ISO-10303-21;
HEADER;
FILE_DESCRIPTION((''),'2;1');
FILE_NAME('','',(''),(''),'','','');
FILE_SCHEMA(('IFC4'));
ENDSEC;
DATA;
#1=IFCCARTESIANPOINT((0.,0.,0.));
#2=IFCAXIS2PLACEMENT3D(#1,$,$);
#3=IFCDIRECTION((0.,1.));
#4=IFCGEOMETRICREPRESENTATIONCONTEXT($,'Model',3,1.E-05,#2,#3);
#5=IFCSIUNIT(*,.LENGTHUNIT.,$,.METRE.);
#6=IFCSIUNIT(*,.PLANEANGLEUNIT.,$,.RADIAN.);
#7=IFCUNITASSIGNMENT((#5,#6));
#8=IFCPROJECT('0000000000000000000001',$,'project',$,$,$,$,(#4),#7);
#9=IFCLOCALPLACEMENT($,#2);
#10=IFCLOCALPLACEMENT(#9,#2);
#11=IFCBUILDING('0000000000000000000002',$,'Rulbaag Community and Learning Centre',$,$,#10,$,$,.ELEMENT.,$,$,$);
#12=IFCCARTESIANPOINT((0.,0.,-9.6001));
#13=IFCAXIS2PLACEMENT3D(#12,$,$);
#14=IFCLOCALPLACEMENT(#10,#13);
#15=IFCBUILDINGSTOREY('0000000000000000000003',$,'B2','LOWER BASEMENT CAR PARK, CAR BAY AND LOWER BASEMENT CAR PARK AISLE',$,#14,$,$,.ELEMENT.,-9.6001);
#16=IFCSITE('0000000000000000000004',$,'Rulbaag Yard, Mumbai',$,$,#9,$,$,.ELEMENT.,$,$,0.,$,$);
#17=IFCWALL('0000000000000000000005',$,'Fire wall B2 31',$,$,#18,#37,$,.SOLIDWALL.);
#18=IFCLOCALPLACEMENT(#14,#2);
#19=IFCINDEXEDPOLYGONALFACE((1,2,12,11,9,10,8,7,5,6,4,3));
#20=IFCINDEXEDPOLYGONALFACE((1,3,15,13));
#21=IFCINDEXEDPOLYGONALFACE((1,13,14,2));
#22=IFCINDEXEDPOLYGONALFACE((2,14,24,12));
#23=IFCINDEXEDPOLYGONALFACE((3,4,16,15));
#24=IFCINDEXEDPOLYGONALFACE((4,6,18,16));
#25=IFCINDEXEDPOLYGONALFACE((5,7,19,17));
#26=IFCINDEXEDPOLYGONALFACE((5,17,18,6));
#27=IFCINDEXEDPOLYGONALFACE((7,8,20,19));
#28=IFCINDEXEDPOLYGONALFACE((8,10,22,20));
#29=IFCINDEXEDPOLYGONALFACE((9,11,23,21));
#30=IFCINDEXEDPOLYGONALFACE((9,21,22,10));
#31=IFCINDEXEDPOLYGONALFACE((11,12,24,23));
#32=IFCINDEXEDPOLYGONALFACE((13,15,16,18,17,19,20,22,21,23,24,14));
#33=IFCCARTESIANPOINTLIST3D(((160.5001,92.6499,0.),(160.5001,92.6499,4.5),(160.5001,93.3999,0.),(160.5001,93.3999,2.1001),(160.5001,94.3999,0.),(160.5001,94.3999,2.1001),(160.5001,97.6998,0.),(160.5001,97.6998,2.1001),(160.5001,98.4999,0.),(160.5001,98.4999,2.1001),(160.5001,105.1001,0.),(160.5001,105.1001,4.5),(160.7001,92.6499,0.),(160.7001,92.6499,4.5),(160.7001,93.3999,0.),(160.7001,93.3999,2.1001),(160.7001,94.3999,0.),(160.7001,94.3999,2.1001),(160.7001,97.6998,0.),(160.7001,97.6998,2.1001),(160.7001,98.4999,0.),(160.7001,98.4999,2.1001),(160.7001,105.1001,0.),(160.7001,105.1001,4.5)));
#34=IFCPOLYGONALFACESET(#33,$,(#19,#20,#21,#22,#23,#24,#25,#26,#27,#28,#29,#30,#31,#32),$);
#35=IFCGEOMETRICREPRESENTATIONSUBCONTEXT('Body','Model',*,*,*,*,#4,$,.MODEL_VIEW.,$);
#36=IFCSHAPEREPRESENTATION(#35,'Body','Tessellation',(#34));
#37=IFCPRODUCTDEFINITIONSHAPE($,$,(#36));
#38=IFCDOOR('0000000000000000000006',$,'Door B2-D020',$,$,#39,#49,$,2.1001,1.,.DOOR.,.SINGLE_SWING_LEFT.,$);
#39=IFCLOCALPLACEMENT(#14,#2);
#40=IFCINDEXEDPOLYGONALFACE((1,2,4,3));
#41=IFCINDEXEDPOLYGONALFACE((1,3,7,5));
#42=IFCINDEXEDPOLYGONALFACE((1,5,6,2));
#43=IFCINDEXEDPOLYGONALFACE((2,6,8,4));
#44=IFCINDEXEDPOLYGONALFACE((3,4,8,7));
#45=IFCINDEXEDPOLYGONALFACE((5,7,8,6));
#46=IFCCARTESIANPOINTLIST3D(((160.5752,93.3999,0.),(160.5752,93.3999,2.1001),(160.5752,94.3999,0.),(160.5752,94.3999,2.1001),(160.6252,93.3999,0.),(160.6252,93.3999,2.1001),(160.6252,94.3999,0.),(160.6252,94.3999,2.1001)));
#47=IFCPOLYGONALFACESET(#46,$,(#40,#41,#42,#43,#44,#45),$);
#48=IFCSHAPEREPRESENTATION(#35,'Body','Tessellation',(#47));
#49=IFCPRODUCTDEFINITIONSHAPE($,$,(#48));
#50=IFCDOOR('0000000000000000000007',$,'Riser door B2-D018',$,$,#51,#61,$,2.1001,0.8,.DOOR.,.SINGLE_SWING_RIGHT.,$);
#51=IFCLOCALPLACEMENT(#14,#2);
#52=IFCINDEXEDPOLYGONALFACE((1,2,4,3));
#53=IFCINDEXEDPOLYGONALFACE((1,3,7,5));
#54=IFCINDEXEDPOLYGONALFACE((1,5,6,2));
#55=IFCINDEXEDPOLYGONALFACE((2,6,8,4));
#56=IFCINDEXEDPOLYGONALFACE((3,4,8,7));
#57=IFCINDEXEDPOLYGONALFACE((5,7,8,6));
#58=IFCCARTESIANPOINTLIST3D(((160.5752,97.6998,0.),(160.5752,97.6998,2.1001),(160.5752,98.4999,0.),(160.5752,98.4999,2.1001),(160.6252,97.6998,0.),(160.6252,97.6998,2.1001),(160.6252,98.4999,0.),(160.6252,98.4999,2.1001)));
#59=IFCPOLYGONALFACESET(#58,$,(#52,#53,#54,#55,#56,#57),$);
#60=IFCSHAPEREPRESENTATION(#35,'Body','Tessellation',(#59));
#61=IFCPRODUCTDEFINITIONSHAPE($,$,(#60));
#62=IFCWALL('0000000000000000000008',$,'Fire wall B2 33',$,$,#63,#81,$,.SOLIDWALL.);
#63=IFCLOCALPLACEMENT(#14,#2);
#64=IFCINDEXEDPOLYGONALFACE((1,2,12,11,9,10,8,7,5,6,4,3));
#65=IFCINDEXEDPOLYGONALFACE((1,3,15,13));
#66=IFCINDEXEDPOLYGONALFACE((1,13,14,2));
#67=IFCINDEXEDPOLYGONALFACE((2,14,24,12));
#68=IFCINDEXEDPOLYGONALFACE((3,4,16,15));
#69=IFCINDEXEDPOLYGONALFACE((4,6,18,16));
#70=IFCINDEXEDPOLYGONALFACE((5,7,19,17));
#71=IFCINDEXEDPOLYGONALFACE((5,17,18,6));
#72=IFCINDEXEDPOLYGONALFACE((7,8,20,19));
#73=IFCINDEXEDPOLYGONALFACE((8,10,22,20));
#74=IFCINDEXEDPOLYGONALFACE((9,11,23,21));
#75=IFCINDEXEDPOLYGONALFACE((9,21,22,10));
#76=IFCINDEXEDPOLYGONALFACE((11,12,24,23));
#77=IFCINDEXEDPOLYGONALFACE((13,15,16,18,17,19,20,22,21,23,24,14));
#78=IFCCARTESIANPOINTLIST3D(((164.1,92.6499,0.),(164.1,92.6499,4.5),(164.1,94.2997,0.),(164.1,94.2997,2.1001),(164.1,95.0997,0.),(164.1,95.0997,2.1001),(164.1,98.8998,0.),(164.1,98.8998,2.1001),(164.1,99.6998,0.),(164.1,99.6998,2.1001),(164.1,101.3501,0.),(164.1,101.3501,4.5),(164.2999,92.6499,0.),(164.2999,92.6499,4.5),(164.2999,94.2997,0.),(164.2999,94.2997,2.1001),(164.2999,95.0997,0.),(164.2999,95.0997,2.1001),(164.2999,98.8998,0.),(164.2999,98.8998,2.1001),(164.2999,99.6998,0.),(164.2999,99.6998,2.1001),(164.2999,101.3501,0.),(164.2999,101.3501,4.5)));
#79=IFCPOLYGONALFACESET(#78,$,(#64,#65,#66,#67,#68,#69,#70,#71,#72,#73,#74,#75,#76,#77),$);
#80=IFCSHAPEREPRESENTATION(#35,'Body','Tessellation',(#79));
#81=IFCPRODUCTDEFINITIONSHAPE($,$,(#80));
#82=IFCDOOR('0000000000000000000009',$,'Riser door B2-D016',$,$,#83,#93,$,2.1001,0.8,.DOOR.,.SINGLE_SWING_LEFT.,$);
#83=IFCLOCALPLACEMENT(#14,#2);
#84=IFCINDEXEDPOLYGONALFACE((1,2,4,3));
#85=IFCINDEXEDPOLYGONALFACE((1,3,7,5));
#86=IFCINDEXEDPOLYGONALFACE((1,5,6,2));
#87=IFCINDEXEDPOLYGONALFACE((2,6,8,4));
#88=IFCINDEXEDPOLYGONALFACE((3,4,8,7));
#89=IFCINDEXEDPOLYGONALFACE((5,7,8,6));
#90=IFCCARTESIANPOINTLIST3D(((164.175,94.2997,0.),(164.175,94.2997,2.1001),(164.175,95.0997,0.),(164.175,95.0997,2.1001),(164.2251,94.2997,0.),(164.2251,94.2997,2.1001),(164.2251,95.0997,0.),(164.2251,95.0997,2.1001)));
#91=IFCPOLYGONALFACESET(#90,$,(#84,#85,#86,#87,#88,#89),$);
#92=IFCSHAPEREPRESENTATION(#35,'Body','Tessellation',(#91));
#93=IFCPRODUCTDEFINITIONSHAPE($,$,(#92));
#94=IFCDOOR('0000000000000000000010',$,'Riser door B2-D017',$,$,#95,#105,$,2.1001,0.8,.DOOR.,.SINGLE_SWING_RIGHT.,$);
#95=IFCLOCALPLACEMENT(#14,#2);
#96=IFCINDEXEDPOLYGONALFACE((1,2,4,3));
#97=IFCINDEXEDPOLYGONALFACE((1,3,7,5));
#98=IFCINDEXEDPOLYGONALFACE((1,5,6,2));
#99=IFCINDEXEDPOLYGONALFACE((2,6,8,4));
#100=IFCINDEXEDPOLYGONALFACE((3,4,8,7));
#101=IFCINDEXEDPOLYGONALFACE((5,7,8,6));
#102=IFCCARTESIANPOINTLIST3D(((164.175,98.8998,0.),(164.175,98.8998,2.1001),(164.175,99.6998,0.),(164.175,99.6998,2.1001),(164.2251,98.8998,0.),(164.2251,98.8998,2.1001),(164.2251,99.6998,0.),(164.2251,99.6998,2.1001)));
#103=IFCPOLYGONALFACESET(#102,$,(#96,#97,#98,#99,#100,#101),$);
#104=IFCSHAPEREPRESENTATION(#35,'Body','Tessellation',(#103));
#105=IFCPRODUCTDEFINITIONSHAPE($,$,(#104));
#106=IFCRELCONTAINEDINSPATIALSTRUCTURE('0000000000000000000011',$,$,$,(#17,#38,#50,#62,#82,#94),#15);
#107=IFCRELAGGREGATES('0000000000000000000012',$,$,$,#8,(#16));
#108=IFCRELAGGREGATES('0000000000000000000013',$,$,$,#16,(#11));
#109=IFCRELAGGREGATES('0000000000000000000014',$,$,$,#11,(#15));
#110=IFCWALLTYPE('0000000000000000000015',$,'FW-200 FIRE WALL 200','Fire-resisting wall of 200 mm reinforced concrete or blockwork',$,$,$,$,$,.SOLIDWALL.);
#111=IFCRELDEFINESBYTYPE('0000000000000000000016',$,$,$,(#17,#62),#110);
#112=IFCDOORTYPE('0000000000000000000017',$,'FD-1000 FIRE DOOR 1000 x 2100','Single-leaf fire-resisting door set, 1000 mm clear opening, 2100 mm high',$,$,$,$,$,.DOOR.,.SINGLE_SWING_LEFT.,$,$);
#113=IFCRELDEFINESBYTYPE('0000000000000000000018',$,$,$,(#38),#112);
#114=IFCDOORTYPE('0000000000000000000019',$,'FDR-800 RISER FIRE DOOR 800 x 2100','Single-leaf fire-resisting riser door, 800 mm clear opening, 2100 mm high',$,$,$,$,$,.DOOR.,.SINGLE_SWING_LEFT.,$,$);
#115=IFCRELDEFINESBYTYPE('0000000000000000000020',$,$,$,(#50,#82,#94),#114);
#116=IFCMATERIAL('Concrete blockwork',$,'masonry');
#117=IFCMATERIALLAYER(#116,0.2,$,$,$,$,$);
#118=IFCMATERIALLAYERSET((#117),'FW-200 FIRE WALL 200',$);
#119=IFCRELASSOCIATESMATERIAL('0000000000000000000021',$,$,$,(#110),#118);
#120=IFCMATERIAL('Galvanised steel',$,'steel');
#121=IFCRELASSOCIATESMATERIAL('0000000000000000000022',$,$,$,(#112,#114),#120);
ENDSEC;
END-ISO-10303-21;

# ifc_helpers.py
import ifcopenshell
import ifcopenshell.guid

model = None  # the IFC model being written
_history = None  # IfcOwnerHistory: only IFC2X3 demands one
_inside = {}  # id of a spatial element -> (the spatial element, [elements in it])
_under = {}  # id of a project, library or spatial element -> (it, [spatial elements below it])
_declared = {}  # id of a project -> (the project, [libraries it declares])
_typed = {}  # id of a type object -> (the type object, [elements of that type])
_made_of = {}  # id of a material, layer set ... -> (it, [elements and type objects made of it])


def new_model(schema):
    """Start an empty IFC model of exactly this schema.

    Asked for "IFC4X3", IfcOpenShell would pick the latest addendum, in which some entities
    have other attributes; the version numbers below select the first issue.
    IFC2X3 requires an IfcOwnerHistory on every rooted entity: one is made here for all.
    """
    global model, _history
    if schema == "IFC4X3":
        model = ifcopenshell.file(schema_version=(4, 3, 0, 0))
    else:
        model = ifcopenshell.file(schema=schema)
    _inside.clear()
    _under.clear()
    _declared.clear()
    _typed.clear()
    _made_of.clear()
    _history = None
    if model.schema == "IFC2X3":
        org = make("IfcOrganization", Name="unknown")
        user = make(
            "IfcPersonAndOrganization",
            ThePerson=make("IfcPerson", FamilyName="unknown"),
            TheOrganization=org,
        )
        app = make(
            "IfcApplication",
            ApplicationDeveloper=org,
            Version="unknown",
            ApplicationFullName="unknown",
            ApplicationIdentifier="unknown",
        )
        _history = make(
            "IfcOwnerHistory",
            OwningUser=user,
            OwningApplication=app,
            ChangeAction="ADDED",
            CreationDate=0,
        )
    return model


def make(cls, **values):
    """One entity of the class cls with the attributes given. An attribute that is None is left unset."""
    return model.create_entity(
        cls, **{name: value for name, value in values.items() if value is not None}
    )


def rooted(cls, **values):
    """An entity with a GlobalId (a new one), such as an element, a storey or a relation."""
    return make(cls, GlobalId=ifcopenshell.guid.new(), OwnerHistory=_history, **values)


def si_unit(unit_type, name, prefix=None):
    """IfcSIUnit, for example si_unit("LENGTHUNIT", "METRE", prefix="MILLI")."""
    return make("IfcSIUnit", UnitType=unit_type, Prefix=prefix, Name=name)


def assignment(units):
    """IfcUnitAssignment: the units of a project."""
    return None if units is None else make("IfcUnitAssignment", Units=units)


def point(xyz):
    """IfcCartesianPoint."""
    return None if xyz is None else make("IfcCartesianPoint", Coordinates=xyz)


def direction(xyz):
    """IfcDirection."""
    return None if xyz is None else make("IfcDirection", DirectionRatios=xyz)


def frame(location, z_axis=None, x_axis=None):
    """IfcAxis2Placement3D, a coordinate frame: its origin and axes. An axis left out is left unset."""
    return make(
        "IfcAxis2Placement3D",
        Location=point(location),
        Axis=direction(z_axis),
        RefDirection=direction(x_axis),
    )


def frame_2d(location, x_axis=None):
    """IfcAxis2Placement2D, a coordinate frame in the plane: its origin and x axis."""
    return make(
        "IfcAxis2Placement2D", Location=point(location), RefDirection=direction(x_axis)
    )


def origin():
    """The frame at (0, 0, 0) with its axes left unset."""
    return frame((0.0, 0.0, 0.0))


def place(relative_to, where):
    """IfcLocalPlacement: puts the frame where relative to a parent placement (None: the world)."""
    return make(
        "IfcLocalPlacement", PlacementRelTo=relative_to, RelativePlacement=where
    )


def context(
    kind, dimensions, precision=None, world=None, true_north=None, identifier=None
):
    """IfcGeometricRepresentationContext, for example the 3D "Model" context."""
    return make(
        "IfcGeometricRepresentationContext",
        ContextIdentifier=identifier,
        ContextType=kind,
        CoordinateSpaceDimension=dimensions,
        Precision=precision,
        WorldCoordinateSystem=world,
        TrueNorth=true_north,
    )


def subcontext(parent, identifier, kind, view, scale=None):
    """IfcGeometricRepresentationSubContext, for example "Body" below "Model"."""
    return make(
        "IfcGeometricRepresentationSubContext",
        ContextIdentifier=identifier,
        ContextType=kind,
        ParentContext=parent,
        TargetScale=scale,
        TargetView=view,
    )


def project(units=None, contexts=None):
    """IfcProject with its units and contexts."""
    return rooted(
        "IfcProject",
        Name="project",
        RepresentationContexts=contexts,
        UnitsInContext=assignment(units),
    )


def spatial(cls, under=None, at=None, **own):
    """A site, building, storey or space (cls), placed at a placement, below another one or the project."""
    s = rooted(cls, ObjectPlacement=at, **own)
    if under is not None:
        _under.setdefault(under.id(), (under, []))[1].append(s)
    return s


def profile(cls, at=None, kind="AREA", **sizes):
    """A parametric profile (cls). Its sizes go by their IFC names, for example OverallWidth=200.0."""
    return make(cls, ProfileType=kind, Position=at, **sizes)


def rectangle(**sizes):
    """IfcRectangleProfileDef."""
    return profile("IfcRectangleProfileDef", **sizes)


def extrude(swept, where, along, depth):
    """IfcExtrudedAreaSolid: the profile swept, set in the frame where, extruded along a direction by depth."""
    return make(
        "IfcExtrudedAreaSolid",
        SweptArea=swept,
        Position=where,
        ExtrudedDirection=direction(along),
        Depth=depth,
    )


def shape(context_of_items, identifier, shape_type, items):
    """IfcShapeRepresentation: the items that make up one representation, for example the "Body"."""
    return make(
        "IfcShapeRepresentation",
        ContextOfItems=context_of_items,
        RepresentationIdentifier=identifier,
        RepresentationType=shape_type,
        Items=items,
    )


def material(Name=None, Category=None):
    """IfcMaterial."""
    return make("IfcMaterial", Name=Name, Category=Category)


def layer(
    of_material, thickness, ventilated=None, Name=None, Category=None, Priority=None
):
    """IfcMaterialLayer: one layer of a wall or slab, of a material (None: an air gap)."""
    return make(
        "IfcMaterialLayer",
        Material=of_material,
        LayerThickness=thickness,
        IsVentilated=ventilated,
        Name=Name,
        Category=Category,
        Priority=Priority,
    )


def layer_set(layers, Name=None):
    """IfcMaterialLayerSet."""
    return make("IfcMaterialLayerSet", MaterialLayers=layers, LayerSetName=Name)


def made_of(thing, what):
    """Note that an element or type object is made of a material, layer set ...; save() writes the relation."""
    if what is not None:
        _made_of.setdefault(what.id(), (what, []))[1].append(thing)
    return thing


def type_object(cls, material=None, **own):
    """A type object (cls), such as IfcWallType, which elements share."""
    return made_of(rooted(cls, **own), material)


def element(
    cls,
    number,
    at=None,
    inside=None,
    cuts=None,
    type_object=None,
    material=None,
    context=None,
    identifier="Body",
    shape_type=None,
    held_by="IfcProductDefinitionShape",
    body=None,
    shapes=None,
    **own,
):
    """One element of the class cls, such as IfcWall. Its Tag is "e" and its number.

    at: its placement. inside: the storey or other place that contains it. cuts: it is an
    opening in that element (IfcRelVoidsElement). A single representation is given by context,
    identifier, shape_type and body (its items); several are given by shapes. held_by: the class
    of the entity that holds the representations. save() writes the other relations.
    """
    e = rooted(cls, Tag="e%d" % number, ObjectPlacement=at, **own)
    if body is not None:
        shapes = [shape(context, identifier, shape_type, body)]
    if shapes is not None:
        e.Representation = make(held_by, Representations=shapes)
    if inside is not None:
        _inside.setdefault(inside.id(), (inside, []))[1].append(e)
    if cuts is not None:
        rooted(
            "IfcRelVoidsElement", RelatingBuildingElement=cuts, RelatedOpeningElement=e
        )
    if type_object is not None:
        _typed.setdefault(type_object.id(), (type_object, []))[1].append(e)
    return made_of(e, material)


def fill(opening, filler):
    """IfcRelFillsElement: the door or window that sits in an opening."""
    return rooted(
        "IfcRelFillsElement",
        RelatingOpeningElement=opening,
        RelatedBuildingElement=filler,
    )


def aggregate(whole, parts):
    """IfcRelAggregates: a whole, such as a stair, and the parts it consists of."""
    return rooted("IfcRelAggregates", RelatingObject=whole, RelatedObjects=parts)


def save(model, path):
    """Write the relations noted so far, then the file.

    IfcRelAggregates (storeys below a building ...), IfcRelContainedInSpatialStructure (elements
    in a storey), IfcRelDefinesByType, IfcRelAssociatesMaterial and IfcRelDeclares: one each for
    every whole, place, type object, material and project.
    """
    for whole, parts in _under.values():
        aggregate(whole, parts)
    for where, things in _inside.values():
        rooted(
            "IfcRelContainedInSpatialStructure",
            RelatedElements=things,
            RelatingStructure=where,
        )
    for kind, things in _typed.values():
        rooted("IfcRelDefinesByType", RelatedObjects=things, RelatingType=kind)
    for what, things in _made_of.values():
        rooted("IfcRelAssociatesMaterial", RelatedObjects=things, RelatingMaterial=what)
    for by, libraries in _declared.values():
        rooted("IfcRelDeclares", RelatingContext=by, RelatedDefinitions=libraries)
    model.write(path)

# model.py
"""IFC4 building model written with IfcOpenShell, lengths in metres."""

from ifc_helpers import new_model, si_unit, direction, frame, frame_2d, origin, place, context, subcontext, project, spatial, rectangle, extrude, material, layer, layer_set, type_object, element, fill, save


model = new_model("IFC4")

# Units and contexts
model_context = context("Model", 3, precision=1e-05, world=origin(), true_north=direction((0.0, 1.0)))
body_context = subcontext(model_context, "Body", "Model", "MODEL_VIEW")
ifc_project = project(units=[si_unit("LENGTHUNIT", "METRE"), si_unit("PLANEANGLEUNIT", "RADIAN")], contexts=[model_context])

# Site, building, storey
site_placement = place(None, origin())
site = spatial("IfcSite", under=ifc_project, at=site_placement, Name="Rulbaag Yard, Mumbai", CompositionType="ELEMENT", RefElevation=0.0)
building_placement = place(site_placement, origin())
building = spatial("IfcBuilding", under=site, at=building_placement, Name="Rulbaag Community and Learning Centre", CompositionType="ELEMENT")
storey_placement = place(building_placement, frame((0.0, 0.0, -9.6001)))
storey = spatial("IfcBuildingStorey", under=building, at=storey_placement, Name="B2", Description="LOWER BASEMENT CAR PARK, CAR BAY AND LOWER BASEMENT CAR PARK AISLE", CompositionType="ELEMENT", Elevation=-9.6001)

# Shared definitions
ifc_material_1 = material(Name="Concrete blockwork", Category="masonry")
ifc_layer = layer(ifc_material_1, 0.2)
ifc_layer_set = layer_set([ifc_layer], Name="FW-200 FIRE WALL 200")
wall_type = type_object("IfcWallType", Name="FW-200 FIRE WALL 200", Description="Fire-resisting wall of 200 mm reinforced concrete or blockwork", PredefinedType="SOLIDWALL", material=ifc_layer_set)

# Walls, openings, doors
wall_1_placement = place(storey_placement, frame((160.6001, 92.6499, 0.0), z_axis=(0.0, 0.0, 1.0), x_axis=(0.0, 1.0, 0.0)))
wall_1 = element("IfcWall", 1, at=wall_1_placement, inside=storey, type_object=wall_type, Name="Fire wall B2 31", PredefinedType="SOLIDWALL", context=body_context, shape_type="SweptSolid", body=[
    extrude(rectangle(XDim=12.4502, YDim=0.2, at=frame_2d((6.2251, 0.0))), origin(), (0.0, 0.0, 1.0), 4.5),
])
opening_1_placement = place(wall_1_placement, frame((5.05, 0.0, 0.0)))
opening_1 = element("IfcOpeningElement", 2, at=opening_1_placement, cuts=wall_1, PredefinedType="OPENING", context=body_context, shape_type="SweptSolid", body=[
    extrude(rectangle(XDim=0.8, YDim=2.1001, at=frame_2d((0.3999, 1.05))), frame((0.0, 0.1099, 0.0), z_axis=(0.0, -1.0, 0.0), x_axis=(1.0, 0.0, 0.0)), (0.0, 0.0, 1.0), 0.22),
])
opening_2_placement = place(wall_1_placement, frame((0.75, 0.0, 0.0)))
opening_2 = element("IfcOpeningElement", 3, at=opening_2_placement, cuts=wall_1, PredefinedType="OPENING", context=body_context, shape_type="SweptSolid", body=[
    extrude(rectangle(XDim=1.0, YDim=2.1001, at=frame_2d((0.5, 1.05))), frame((0.0, 0.1099, 0.0), z_axis=(0.0, -1.0, 0.0), x_axis=(1.0, 0.0, 0.0)), (0.0, 0.0, 1.0), 0.22),
])
ifc_material_2 = material(Name="Galvanised steel", Category="steel")
door_type_1 = type_object("IfcDoorType", Name="FD-1000 FIRE DOOR 1000 x 2100", Description="Single-leaf fire-resisting door set, 1000 mm clear opening, 2100 mm high", OperationType="SINGLE_SWING_LEFT", PredefinedType="DOOR", material=ifc_material_2)
door_1_placement = place(opening_2_placement, origin())
door_1 = element("IfcDoor", 4, at=door_1_placement, inside=storey, type_object=door_type_1, Name="Door B2-D020", OperationType="SINGLE_SWING_LEFT", OverallHeight=2.1001, OverallWidth=1.0, PredefinedType="DOOR", context=body_context, shape_type="SweptSolid", body=[
    extrude(rectangle(XDim=1.0, YDim=2.1001, at=frame_2d((0.5, 1.05))), frame((0.0, 0.0249, 0.0), z_axis=(0.0, -1.0, 0.0), x_axis=(1.0, 0.0, 0.0)), (0.0, 0.0, 1.0), 0.05),
])
fill(opening_2, door_1)
door_type_2 = type_object("IfcDoorType", Name="FDR-800 RISER FIRE DOOR 800 x 2100", Description="Single-leaf fire-resisting riser door, 800 mm clear opening, 2100 mm high", OperationType="SINGLE_SWING_LEFT", PredefinedType="DOOR", material=ifc_material_2)
door_2_placement = place(opening_1_placement, origin())
door_2 = element("IfcDoor", 5, at=door_2_placement, inside=storey, type_object=door_type_2, Name="Riser door B2-D018", OperationType="SINGLE_SWING_RIGHT", OverallHeight=2.1001, OverallWidth=0.8, PredefinedType="DOOR", context=body_context, shape_type="SweptSolid", body=[
    extrude(rectangle(XDim=0.8, YDim=2.1001, at=frame_2d((0.3999, 1.05))), frame((0.0, 0.0249, 0.0), z_axis=(0.0, -1.0, 0.0), x_axis=(1.0, 0.0, 0.0)), (0.0, 0.0, 1.0), 0.05),
])
fill(opening_1, door_2)
wall_2_placement = place(storey_placement, frame((164.2, 92.6499, 0.0), z_axis=(0.0, 0.0, 1.0), x_axis=(0.0, 1.0, 0.0)))
wall_2 = element("IfcWall", 6, at=wall_2_placement, inside=storey, type_object=wall_type, Name="Fire wall B2 33", PredefinedType="SOLIDWALL", context=body_context, shape_type="SweptSolid", body=[
    extrude(rectangle(XDim=8.7002, YDim=0.2, at=frame_2d((4.3501, 0.0))), origin(), (0.0, 0.0, 1.0), 4.5),
])
opening_3_placement = place(wall_2_placement, frame((1.6499, 0.0, 0.0)))
opening_3 = element("IfcOpeningElement", 7, at=opening_3_placement, cuts=wall_2, PredefinedType="OPENING", context=body_context, shape_type="SweptSolid", body=[
    extrude(rectangle(XDim=0.8, YDim=2.1001, at=frame_2d((0.3999, 1.05))), frame((0.0, 0.1099, 0.0), z_axis=(0.0, -1.0, 0.0), x_axis=(1.0, 0.0, 0.0)), (0.0, 0.0, 1.0), 0.22),
])
opening_4_placement = place(wall_2_placement, frame((6.25, 0.0, 0.0)))
opening_4 = element("IfcOpeningElement", 8, at=opening_4_placement, cuts=wall_2, PredefinedType="OPENING", context=body_context, shape_type="SweptSolid", body=[
    extrude(rectangle(XDim=0.8, YDim=2.1001, at=frame_2d((0.3999, 1.05))), frame((0.0, 0.1099, 0.0), z_axis=(0.0, -1.0, 0.0), x_axis=(1.0, 0.0, 0.0)), (0.0, 0.0, 1.0), 0.22),
])
door_3_placement = place(opening_3_placement, origin())
door_3 = element("IfcDoor", 9, at=door_3_placement, inside=storey, type_object=door_type_2, Name="Riser door B2-D016", OperationType="SINGLE_SWING_LEFT", OverallHeight=2.1001, OverallWidth=0.8, PredefinedType="DOOR", context=body_context, shape_type="SweptSolid", body=[
    extrude(rectangle(XDim=0.8, YDim=2.1001, at=frame_2d((0.3999, 1.05))), frame((0.0, 0.0249, 0.0), z_axis=(0.0, -1.0, 0.0), x_axis=(1.0, 0.0, 0.0)), (0.0, 0.0, 1.0), 0.05),
])
fill(opening_3, door_3)
door_4_placement = place(opening_4_placement, origin())
door_4 = element("IfcDoor", 10, at=door_4_placement, inside=storey, type_object=door_type_2, Name="Riser door B2-D017", OperationType="SINGLE_SWING_RIGHT", OverallHeight=2.1001, OverallWidth=0.8, PredefinedType="DOOR", context=body_context, shape_type="SweptSolid", body=[
    extrude(rectangle(XDim=0.8, YDim=2.1001, at=frame_2d((0.3999, 1.05))), frame((0.0, 0.0249, 0.0), z_axis=(0.0, -1.0, 0.0), x_axis=(1.0, 0.0, 0.0)), (0.0, 0.0, 1.0), 0.05),
])
fill(opening_4, door_4)

save(model, "model.ifc")
